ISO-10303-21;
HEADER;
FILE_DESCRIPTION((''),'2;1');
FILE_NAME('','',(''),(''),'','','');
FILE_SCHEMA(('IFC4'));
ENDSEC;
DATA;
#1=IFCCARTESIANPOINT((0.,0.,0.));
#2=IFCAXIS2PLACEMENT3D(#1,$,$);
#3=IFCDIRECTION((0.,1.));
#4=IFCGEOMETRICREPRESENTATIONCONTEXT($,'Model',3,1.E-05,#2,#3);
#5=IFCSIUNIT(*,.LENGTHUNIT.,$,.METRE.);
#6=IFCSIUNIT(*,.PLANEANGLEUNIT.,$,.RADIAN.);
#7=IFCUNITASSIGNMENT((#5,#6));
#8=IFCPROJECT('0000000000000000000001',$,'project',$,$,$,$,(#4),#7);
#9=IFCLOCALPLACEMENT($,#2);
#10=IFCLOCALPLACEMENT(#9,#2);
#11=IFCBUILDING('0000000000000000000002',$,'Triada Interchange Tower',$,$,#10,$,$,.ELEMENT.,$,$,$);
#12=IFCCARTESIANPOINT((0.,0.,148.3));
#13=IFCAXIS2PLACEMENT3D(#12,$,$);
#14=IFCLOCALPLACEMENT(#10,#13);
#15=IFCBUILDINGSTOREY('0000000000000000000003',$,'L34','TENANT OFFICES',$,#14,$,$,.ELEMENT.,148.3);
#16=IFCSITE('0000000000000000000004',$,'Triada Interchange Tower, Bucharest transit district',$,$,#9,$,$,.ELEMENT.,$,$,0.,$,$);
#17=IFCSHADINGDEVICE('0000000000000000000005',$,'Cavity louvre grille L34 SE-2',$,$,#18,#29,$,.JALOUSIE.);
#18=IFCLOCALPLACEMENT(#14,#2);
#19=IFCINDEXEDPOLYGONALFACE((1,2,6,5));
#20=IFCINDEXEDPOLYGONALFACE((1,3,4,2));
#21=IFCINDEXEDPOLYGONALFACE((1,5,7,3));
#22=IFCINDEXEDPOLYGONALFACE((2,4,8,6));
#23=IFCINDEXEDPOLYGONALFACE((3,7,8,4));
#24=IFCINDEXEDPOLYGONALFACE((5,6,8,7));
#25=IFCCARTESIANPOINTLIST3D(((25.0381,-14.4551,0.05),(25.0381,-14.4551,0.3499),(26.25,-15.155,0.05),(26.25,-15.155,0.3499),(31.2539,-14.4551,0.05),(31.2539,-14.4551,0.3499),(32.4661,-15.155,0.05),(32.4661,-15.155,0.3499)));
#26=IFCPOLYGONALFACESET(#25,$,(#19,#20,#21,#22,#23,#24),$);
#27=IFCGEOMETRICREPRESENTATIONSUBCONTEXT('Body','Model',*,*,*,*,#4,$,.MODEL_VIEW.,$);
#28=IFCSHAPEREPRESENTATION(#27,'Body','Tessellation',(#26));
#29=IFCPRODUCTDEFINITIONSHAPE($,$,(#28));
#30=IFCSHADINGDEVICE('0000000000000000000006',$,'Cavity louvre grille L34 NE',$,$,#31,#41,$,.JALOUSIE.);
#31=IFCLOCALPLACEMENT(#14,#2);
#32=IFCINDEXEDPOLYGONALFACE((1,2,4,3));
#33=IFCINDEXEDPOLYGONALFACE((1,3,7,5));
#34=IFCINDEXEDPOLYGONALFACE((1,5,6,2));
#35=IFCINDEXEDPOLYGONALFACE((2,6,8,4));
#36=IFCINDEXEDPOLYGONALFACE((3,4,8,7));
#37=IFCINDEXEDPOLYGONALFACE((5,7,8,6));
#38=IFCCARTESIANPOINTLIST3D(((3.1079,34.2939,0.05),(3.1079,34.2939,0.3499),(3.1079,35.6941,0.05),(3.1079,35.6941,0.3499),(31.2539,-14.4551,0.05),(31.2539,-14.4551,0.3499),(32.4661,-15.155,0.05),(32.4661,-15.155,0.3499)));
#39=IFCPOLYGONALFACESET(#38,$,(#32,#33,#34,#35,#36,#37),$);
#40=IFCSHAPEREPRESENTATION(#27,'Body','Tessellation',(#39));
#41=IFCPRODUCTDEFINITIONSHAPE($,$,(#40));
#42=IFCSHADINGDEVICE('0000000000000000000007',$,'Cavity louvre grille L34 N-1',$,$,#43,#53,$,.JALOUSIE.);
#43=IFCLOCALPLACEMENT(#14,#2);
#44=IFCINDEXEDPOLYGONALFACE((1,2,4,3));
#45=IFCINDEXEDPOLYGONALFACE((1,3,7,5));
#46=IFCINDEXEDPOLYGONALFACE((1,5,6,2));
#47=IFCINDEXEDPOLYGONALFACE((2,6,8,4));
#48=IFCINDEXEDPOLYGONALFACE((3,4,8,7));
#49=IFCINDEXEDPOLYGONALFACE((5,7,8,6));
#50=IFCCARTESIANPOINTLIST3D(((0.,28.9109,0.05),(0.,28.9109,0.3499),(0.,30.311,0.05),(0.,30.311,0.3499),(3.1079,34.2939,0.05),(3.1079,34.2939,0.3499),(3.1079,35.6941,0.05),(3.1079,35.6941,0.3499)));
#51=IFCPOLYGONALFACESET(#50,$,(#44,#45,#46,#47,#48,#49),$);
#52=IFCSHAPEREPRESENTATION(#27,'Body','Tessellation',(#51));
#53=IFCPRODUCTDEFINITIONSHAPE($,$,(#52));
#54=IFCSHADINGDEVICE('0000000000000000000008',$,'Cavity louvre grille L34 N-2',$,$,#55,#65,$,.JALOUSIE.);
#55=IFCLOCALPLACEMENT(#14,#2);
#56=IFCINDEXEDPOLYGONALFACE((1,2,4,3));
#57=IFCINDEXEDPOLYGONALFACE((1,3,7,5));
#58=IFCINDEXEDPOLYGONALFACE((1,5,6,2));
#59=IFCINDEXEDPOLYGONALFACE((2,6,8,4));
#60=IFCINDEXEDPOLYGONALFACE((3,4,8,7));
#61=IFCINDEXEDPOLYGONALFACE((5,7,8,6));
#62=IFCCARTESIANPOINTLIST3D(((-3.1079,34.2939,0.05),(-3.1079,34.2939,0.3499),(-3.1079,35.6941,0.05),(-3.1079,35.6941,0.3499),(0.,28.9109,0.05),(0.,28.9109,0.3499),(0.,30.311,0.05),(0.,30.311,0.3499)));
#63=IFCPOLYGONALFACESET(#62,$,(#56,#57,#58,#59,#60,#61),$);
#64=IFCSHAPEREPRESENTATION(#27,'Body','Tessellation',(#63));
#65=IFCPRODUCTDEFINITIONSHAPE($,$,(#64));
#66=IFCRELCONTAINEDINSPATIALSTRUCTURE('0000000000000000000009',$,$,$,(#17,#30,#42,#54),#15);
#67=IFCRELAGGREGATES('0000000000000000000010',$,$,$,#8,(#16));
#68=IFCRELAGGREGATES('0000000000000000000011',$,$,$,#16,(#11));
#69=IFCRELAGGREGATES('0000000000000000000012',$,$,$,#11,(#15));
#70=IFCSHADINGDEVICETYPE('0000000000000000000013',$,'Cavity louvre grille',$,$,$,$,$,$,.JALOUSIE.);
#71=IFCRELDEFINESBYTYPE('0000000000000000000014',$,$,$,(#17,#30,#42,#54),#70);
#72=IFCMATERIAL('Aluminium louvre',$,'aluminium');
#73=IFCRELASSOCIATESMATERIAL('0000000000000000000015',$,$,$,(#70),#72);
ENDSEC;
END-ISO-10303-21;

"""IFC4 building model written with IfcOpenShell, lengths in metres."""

from ifc_helpers import new_model, si_unit, direction, frame, origin, place, context, subcontext, project, spatial, polyline, outline, extrude, material, type_object, element, save


model = new_model("IFC4")

# Units and contexts
model_context = context("Model", 3, precision=1e-05, world=origin(), true_north=direction((0.0, 1.0)))
body_context = subcontext(model_context, "Body", "Model", "MODEL_VIEW")
ifc_project = project(units=[si_unit("LENGTHUNIT", "METRE"), si_unit("PLANEANGLEUNIT", "RADIAN")], contexts=[model_context])

# Site, building, storey
site_placement = place(None, origin())
site = spatial("IfcSite", under=ifc_project, at=site_placement, Name="Triada Interchange Tower, Bucharest transit district", CompositionType="ELEMENT", RefElevation=0.0)
building_placement = place(site_placement, origin())
building = spatial("IfcBuilding", under=site, at=building_placement, Name="Triada Interchange Tower", CompositionType="ELEMENT")
storey_placement = place(building_placement, frame((0.0, 0.0, 148.3)))
storey = spatial("IfcBuildingStorey", under=building, at=storey_placement, Name="L34", Description="TENANT OFFICES", CompositionType="ELEMENT", Elevation=148.3)

# Shading devices
ifc_material_1 = material(Name="Aluminium louvre", Category="aluminium")
shading_device_type = type_object("IfcShadingDeviceType", Name="Cavity louvre grille", PredefinedType="JALOUSIE", material=ifc_material_1)
shading_device_1_placement = place(storey_placement, frame((0.0, 0.0, 0.05)))
element("IfcShadingDevice", 1, at=shading_device_1_placement, inside=storey, type_object=shading_device_type, Name="Cavity louvre grille L34 SE-2", PredefinedType="JALOUSIE", context=body_context, shape_type="SweptSolid", body=[
    extrude(outline(polyline([(25.0381, -14.4551), (26.25, -15.155), (32.4661, -15.155), (31.2539, -14.4551), (25.0381, -14.4551)])), origin(), (0.0, 0.0, 1.0), 0.2998),
])
shading_device_2_placement = place(storey_placement, frame((0.0, 0.0, 0.05)))
element("IfcShadingDevice", 2, at=shading_device_2_placement, inside=storey, type_object=shading_device_type, Name="Cavity louvre grille L34 NE", PredefinedType="JALOUSIE", context=body_context, shape_type="SweptSolid", body=[
    extrude(outline(polyline([(31.2539, -14.4551), (32.4661, -15.155), (3.1079, 35.6941), (3.1079, 34.2939), (31.2539, -14.4551)])), origin(), (0.0, 0.0, 1.0), 0.2998),
])
shading_device_3_placement = place(storey_placement, frame((0.0, 0.0, 0.05)))
element("IfcShadingDevice", 3, at=shading_device_3_placement, inside=storey, type_object=shading_device_type, Name="Cavity louvre grille L34 N-1", PredefinedType="JALOUSIE", context=body_context, shape_type="SweptSolid", body=[
    extrude(outline(polyline([(3.1079, 34.2939), (3.1079, 35.6941), (0.0, 30.311), (0.0, 28.9109), (3.1079, 34.2939)])), origin(), (0.0, 0.0, 1.0), 0.2998),
])
shading_device_4_placement = place(storey_placement, frame((0.0, 0.0, 0.05)))
element("IfcShadingDevice", 4, at=shading_device_4_placement, inside=storey, type_object=shading_device_type, Name="Cavity louvre grille L34 N-2", PredefinedType="JALOUSIE", context=body_context, shape_type="SweptSolid", body=[
    extrude(outline(polyline([(0.0, 28.9109), (0.0, 30.311), (-3.1079, 35.6941), (-3.1079, 34.2939), (0.0, 28.9109)])), origin(), (0.0, 0.0, 1.0), 0.2998),
])

save(model, "model.ifc")
